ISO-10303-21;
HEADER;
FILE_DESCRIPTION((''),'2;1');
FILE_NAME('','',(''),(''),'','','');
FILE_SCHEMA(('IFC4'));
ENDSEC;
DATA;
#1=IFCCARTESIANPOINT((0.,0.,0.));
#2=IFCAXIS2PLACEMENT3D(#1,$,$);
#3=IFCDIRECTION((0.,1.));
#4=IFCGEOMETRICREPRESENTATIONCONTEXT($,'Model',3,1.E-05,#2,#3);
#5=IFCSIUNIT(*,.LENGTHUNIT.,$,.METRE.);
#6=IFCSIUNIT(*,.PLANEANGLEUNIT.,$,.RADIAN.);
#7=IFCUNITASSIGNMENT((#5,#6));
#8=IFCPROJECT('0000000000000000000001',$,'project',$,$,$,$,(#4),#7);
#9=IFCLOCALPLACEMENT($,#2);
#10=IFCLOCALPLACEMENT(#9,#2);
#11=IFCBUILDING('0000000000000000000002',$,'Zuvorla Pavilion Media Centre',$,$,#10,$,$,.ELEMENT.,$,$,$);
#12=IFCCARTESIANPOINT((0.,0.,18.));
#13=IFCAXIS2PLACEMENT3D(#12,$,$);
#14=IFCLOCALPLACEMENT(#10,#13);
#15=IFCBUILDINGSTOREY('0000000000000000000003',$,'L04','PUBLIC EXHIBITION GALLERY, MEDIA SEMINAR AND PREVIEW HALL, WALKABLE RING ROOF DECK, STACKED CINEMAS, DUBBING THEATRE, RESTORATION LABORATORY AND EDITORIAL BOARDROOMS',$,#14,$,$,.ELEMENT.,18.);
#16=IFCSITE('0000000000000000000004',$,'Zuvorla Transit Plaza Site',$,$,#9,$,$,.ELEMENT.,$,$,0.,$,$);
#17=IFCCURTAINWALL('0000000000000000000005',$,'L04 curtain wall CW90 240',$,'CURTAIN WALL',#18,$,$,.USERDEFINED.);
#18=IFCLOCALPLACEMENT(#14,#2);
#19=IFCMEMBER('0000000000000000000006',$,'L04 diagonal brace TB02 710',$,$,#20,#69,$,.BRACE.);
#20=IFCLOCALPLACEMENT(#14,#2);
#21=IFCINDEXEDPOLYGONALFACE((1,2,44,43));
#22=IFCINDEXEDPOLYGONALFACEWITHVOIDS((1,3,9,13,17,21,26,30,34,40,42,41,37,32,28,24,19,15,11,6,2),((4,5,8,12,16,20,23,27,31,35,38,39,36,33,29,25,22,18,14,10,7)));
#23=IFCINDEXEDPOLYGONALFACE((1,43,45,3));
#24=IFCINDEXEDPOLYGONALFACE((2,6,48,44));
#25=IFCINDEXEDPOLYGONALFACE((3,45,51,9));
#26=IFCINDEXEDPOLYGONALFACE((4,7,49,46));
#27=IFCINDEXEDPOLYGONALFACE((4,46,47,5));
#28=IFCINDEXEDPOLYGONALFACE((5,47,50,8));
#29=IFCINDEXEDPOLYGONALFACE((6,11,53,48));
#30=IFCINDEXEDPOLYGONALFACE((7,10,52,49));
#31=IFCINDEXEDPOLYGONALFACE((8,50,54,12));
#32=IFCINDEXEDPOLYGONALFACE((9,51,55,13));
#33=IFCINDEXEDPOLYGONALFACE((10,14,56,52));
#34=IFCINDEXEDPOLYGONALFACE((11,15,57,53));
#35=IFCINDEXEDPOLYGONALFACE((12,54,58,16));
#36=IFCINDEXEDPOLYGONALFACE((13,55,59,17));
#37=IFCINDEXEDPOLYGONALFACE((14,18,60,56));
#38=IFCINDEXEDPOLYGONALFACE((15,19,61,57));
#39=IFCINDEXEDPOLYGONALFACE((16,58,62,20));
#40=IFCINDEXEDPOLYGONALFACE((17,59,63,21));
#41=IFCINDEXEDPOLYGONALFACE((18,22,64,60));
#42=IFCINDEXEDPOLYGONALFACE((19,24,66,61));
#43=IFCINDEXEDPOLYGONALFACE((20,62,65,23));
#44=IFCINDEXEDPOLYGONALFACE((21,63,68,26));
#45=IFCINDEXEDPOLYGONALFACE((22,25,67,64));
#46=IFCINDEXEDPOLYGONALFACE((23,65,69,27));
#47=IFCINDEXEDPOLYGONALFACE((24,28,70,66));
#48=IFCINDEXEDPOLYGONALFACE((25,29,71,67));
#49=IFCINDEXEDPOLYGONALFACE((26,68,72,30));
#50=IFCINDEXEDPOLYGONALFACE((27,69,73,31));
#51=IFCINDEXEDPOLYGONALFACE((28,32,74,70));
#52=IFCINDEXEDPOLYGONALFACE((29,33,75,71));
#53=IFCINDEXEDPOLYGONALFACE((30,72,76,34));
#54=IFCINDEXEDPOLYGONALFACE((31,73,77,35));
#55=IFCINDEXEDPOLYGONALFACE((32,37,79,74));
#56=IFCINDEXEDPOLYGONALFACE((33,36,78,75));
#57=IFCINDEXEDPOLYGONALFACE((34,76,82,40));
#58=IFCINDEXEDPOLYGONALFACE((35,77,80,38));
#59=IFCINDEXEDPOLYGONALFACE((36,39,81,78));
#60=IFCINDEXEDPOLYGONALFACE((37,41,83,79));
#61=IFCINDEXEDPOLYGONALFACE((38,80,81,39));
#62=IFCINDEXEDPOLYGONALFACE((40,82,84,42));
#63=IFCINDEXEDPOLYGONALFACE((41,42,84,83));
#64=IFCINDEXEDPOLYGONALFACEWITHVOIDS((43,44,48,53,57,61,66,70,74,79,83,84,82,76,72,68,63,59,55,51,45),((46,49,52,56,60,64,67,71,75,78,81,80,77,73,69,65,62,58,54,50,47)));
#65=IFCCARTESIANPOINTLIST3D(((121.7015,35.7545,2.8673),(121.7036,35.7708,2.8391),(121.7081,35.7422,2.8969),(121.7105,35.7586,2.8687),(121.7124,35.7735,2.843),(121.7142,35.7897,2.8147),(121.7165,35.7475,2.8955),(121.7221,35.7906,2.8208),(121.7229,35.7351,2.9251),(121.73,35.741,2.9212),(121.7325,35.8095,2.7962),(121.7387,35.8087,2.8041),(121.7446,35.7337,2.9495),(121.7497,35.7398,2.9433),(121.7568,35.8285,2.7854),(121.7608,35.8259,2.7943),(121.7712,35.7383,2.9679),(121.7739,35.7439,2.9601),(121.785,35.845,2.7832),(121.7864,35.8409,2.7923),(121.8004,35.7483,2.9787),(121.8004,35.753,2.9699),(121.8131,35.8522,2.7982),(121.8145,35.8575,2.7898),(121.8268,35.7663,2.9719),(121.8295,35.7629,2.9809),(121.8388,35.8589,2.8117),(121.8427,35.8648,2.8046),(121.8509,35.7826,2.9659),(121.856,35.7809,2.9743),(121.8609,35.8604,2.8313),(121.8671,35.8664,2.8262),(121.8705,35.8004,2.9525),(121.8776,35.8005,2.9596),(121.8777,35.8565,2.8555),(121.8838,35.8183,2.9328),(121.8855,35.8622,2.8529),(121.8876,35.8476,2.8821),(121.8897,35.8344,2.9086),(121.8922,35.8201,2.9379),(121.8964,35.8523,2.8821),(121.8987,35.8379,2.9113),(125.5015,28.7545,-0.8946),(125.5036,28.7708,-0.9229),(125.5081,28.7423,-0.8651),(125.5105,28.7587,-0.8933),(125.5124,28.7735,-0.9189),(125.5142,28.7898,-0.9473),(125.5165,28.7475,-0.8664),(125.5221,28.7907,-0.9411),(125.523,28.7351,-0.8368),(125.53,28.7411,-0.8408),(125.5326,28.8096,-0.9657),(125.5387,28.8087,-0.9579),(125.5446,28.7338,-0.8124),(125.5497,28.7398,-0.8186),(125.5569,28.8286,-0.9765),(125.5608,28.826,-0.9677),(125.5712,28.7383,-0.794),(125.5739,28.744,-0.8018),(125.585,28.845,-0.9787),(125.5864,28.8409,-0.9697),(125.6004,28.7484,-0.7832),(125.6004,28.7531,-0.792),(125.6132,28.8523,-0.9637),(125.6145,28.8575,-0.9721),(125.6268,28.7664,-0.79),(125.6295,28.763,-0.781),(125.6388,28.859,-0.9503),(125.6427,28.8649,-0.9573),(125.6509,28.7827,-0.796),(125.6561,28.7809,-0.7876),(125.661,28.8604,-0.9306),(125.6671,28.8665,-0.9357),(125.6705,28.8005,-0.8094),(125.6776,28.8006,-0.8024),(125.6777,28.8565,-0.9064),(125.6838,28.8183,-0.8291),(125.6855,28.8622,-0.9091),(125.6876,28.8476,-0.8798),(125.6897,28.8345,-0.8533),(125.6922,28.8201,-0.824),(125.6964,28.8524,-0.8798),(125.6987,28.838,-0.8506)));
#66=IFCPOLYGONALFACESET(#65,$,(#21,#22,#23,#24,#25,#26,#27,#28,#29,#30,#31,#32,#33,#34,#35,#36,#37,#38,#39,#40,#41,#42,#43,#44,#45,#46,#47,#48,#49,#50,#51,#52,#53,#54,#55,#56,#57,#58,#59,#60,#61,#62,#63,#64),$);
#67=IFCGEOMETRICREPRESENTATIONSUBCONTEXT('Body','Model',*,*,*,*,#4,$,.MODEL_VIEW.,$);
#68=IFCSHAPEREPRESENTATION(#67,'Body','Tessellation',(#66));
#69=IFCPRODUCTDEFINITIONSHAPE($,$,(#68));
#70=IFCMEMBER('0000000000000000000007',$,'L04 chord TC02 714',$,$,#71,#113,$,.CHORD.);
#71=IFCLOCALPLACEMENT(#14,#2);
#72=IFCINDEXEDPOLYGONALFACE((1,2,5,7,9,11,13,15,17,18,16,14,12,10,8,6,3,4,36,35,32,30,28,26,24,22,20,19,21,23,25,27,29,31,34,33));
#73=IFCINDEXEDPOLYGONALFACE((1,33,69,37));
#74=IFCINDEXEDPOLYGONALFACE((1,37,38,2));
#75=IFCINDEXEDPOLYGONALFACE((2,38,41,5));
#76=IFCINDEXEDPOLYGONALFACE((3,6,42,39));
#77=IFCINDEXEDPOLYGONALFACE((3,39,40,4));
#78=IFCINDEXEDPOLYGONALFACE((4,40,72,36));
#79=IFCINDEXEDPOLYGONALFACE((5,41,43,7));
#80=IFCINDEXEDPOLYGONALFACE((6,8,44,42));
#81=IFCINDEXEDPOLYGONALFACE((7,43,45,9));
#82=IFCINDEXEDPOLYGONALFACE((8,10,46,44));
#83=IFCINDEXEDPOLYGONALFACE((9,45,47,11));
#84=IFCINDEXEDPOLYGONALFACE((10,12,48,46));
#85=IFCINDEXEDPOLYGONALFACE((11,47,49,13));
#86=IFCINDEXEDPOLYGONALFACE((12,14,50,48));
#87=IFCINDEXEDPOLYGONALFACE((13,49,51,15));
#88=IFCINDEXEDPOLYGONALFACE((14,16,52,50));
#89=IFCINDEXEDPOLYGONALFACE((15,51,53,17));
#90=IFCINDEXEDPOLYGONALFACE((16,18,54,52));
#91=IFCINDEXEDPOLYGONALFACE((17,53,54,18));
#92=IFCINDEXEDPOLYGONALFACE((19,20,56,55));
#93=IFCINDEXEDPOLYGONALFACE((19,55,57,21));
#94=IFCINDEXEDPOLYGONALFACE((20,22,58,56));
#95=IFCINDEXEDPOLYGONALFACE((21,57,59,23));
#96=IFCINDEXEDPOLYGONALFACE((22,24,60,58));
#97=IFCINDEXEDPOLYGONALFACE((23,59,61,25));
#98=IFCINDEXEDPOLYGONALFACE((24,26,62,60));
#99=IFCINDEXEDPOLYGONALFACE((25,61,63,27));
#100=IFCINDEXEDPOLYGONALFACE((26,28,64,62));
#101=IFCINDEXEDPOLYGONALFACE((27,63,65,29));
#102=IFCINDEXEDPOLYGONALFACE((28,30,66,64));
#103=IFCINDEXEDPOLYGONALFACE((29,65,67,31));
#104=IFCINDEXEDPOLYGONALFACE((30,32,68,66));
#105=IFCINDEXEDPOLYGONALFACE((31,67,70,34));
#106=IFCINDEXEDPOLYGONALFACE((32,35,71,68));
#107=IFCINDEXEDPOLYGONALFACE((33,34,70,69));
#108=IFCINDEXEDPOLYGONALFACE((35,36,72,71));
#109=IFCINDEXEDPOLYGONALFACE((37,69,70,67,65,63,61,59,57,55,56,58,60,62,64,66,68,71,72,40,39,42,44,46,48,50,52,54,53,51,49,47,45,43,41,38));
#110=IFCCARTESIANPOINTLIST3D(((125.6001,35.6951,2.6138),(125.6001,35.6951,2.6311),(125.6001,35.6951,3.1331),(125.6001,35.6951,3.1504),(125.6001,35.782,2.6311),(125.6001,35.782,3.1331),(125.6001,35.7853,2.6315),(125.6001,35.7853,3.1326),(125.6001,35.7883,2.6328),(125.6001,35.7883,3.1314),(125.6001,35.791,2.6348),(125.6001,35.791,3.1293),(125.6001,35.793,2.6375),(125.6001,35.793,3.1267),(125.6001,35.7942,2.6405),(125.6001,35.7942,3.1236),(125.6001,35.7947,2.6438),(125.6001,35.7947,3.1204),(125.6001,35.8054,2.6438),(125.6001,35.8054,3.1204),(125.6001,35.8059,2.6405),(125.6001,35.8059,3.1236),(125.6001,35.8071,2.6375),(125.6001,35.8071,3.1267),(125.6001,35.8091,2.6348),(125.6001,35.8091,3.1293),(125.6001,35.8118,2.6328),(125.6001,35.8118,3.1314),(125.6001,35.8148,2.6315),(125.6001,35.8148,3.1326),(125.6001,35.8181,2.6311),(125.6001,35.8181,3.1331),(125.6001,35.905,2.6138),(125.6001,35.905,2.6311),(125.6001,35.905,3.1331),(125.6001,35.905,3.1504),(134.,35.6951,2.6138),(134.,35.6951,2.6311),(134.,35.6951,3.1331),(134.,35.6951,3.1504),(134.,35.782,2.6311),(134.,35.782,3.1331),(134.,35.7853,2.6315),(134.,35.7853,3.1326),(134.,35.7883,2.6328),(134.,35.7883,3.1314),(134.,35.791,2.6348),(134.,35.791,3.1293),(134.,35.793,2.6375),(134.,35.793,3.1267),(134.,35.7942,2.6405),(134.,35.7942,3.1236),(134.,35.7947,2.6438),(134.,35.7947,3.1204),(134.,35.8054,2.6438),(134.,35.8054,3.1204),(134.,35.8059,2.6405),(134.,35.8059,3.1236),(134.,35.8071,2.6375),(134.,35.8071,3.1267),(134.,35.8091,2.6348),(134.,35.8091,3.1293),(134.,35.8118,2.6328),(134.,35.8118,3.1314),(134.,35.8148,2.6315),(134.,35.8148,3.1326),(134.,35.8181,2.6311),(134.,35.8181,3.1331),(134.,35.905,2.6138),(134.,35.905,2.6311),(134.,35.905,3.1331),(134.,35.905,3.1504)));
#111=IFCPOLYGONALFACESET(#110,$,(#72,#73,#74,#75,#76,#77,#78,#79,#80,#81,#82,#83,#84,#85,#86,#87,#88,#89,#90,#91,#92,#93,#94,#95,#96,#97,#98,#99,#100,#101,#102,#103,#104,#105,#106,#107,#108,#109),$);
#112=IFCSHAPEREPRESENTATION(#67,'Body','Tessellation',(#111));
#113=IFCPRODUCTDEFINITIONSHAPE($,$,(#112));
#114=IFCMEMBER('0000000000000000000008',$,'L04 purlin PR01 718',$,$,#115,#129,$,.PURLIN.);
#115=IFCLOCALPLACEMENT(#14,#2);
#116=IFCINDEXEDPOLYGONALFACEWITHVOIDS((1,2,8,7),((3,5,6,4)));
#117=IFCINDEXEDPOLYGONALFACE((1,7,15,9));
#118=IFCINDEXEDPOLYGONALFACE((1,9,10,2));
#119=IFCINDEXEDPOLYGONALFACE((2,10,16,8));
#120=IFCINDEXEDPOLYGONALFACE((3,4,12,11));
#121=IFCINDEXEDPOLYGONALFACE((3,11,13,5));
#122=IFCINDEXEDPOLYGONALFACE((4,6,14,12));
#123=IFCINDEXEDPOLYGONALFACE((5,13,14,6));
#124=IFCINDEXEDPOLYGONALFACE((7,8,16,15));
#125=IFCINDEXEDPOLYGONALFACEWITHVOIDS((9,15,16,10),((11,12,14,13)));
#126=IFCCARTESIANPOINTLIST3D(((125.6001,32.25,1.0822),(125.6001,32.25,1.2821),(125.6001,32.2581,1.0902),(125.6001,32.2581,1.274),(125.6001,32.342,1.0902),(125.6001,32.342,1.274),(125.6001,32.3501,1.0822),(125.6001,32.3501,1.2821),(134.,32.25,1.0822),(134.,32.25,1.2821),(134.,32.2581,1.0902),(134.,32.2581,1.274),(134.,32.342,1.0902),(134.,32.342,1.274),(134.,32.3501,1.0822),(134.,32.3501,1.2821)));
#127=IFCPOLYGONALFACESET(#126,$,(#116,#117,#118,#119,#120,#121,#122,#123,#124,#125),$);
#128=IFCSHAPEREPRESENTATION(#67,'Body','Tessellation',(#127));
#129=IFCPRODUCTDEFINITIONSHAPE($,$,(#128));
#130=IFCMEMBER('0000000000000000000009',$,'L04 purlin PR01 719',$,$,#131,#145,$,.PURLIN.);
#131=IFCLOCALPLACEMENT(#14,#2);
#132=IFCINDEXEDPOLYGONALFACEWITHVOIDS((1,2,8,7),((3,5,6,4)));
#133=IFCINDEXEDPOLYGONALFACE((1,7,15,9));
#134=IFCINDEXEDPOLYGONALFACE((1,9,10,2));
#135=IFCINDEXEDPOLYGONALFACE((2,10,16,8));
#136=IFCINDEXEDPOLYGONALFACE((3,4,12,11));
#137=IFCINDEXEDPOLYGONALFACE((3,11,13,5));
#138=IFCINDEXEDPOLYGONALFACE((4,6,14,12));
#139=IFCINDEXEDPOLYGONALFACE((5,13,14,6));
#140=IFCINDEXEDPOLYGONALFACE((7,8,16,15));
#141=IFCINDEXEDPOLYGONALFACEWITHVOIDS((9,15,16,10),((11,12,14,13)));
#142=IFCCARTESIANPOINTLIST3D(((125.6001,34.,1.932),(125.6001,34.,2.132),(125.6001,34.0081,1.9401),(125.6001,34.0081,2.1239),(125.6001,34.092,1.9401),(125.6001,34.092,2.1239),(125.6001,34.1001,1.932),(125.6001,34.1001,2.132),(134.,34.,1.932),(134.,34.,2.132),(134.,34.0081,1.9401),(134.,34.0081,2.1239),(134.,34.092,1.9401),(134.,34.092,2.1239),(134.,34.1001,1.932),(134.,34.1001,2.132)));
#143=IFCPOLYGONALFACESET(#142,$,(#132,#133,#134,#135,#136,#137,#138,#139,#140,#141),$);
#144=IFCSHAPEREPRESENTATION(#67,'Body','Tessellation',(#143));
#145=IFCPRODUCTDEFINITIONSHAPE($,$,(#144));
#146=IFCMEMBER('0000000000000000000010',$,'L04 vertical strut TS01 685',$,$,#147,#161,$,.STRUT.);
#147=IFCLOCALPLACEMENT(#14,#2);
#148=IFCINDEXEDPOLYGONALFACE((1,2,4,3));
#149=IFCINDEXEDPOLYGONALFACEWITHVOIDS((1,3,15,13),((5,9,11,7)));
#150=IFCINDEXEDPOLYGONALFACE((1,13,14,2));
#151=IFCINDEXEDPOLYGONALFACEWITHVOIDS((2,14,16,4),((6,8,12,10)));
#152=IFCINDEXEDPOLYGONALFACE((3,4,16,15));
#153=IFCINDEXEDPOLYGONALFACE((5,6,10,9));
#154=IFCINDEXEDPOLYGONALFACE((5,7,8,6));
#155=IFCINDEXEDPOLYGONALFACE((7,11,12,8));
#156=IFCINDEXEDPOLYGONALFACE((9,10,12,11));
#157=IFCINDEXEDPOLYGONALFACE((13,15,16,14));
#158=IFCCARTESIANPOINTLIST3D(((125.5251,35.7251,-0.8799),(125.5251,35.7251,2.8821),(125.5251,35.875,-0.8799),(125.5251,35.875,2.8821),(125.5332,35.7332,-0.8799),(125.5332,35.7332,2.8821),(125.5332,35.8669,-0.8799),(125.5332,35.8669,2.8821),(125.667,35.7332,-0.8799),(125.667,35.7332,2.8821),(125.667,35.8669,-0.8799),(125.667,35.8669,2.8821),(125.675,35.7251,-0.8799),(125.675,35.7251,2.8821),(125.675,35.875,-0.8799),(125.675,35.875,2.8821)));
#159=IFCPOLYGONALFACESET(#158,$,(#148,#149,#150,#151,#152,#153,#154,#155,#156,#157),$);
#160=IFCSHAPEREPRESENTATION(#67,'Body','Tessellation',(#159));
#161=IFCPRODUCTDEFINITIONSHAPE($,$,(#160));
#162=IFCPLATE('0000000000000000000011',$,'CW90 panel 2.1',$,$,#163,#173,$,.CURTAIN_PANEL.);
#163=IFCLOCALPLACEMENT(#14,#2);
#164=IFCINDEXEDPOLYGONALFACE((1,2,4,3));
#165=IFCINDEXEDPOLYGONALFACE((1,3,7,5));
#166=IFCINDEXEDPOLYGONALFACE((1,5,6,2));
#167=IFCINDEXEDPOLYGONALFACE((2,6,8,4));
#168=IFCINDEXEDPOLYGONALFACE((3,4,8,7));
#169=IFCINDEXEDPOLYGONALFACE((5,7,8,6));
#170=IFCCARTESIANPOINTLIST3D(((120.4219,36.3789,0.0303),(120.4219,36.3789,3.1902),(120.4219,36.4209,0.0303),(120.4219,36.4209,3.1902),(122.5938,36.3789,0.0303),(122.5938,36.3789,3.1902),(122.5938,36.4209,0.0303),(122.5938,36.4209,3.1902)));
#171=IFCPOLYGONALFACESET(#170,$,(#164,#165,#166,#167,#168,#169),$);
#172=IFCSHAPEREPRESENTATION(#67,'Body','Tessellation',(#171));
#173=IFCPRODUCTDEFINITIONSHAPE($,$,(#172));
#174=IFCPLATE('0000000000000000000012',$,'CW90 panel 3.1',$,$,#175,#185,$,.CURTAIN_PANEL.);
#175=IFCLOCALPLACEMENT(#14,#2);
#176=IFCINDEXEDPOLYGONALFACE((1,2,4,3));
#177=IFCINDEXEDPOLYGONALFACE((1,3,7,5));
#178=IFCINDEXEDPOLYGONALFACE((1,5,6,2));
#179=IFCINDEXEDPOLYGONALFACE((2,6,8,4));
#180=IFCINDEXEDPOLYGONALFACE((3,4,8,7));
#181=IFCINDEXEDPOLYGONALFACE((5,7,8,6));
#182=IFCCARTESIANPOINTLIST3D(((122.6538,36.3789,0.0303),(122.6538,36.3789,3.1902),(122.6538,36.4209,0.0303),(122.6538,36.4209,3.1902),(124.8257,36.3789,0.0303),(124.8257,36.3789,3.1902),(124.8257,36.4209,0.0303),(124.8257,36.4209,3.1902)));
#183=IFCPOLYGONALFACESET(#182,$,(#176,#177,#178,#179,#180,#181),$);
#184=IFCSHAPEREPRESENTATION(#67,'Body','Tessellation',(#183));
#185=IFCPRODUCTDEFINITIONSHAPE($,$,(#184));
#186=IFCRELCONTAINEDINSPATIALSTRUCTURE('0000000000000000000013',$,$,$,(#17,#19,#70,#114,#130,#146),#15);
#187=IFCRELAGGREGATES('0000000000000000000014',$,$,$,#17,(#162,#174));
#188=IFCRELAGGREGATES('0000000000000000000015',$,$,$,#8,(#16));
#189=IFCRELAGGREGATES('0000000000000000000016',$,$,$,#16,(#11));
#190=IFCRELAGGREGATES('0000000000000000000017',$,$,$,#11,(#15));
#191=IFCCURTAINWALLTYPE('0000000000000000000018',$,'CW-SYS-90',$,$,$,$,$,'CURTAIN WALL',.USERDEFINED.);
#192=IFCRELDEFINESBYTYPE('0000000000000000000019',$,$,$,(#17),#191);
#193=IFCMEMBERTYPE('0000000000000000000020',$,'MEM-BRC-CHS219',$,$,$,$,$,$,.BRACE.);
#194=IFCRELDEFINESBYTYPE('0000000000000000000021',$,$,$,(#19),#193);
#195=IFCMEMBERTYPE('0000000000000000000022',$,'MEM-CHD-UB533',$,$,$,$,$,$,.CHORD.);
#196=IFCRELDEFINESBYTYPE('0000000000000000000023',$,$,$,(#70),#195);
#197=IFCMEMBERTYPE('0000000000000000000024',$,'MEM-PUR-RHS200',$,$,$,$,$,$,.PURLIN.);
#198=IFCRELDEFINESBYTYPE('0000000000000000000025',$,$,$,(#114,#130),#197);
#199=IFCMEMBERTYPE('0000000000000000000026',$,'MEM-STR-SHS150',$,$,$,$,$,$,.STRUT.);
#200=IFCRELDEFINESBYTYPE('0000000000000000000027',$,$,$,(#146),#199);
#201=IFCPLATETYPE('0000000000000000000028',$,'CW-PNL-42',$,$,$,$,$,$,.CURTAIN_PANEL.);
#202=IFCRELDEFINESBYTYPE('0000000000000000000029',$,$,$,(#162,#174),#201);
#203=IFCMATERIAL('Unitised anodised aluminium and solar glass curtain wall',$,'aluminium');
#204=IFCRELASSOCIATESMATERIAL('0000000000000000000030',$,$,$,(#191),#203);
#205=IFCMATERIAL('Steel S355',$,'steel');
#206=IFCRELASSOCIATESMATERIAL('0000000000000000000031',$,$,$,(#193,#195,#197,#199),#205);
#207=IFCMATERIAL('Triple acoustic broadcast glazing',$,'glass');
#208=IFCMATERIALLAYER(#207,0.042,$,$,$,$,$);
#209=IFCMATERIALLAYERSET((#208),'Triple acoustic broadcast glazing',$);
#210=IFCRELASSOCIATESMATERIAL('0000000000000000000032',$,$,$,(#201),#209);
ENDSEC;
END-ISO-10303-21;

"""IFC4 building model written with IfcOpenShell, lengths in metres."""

from ifc_helpers import new_model, si_unit, direction, frame, origin, origin_2d, place, context, subcontext, project, spatial, rectangle, hollow_rectangle, hollow_circle, i_section, extrude, material, layer, layer_set, material_profile, profile_set, type_object, element, aggregate, save


model = new_model("IFC4")

# Units and contexts
model_context = context("Model", 3, precision=1e-05, world=origin(), true_north=direction((0.0, 1.0)))
body_context = subcontext(model_context, "Body", "Model", "MODEL_VIEW")
ifc_project = project(units=[si_unit("LENGTHUNIT", "METRE"), si_unit("PLANEANGLEUNIT", "RADIAN")], contexts=[model_context])

# Site, building, storey
site_placement = place(None, origin())
site = spatial("IfcSite", under=ifc_project, at=site_placement, Name="Zuvorla Transit Plaza Site", CompositionType="ELEMENT", RefElevation=0.0)
building_placement = place(site_placement, origin())
building = spatial("IfcBuilding", under=site, at=building_placement, Name="Zuvorla Pavilion Media Centre", CompositionType="ELEMENT")
storey_placement = place(building_placement, frame((0.0, 0.0, 18.0)))
storey = spatial("IfcBuildingStorey", under=building, at=storey_placement, Name="L04", Description="PUBLIC EXHIBITION GALLERY, MEDIA SEMINAR AND PREVIEW HALL, WALKABLE RING ROOF DECK, STACKED CINEMAS, DUBBING THEATRE, RESTORATION LABORATORY AND EDITORIAL BOARDROOMS", CompositionType="ELEMENT", Elevation=18.0)

# Shared definitions
ifc_material_1 = material(Name="Steel S355", Category="steel")

# Curtain wall
ifc_material_2 = material(Name="Unitised anodised aluminium and solar glass curtain wall", Category="aluminium")
curtain_wall_type = type_object("IfcCurtainWallType", Name="CW-SYS-90", ElementType="CURTAIN WALL", PredefinedType="USERDEFINED", material=ifc_material_2)
curtain_wall_placement = place(storey_placement, origin())
curtain_wall = element("IfcCurtainWall", 1, at=curtain_wall_placement, inside=storey, type_object=curtain_wall_type, Name="L04 curtain wall CW90 240", ObjectType="CURTAIN WALL", PredefinedType="USERDEFINED")

# Members
ifc_material_profile_1 = material_profile(ifc_material_1, hollow_circle(Radius=0.1096, WallThickness=0.01, at=origin_2d()), Name="CHS 219.1x10")
ifc_profile_set_1 = profile_set([ifc_material_profile_1], Name="Steel S355")
member_type_1 = type_object("IfcMemberType", Name="MEM-BRC-CHS219", PredefinedType="BRACE", material=ifc_profile_set_1)
member_1_placement = place(storey_placement, frame((121.8, 35.8, 2.8821), z_axis=(0.431399, -0.794671, -0.427075), x_axis=(0.878851, 0.477097, 0.0)))
element("IfcMember", 2, at=member_1_placement, inside=storey, type_object=member_type_1, Name="L04 diagonal brace TB02 710", PredefinedType="BRACE", context=body_context, shape_type="SweptSolid", body=[
    extrude(hollow_circle(Radius=0.1096, WallThickness=0.01, at=origin_2d()), origin(), (0.0, 0.0, 1.0), 8.8086),
])
ifc_material_profile_2 = material_profile(ifc_material_1, i_section(OverallWidth=0.21, OverallDepth=0.5366, WebThickness=0.0107, FlangeThickness=0.0173, FilletRadius=0.0127, at=origin_2d()), Name="UB 533x210x101")
ifc_profile_set_2 = profile_set([ifc_material_profile_2], Name="Steel S355")
member_type_2 = type_object("IfcMemberType", Name="MEM-CHD-UB533", PredefinedType="CHORD", material=ifc_profile_set_2)
member_2_placement = place(storey_placement, frame((125.6001, 35.8, 2.8821), z_axis=(1.0, 0.0, 0.0), x_axis=(0.0, 1.0, 0.0)))
element("IfcMember", 3, at=member_2_placement, inside=storey, type_object=member_type_2, Name="L04 chord TC02 714", PredefinedType="CHORD", context=body_context, shape_type="SweptSolid", body=[
    extrude(i_section(OverallWidth=0.21, OverallDepth=0.5366, WebThickness=0.0107, FlangeThickness=0.0173, FilletRadius=0.0127, at=origin_2d()), origin(), (0.0, 0.0, 1.0), 8.3999),
])
ifc_material_profile_3 = material_profile(ifc_material_1, hollow_rectangle(XDim=0.1001, YDim=0.2, WallThickness=0.0081, at=origin_2d()), Name="RHS 200x100x8")
ifc_profile_set_3 = profile_set([ifc_material_profile_3], Name="Steel S355")
member_type_3 = type_object("IfcMemberType", Name="MEM-PUR-RHS200", PredefinedType="PURLIN", material=ifc_profile_set_3)
for number, where, z_axis, x_axis, name in (
    (4, (125.6001, 32.3, 1.1821), (1.0, 0.0, 0.0), (0.0, 1.0, 0.0), "L04 purlin PR01 718"),
    (5, (125.6001, 34.05, 2.032), (1.0, 0.0, 0.0), (0.0, 1.0, 0.0), "L04 purlin PR01 719"),
):
    element("IfcMember", number, at=place(storey_placement, frame(where, z_axis=z_axis, x_axis=x_axis)), inside=storey, type_object=member_type_3, Name=name, PredefinedType="PURLIN", context=body_context, shape_type="SweptSolid", body=[
        extrude(hollow_rectangle(XDim=0.1001, YDim=0.2, WallThickness=0.0081, at=origin_2d()), origin(), (0.0, 0.0, 1.0), 8.3999),
    ])
ifc_material_profile_4 = material_profile(ifc_material_1, hollow_rectangle(XDim=0.1499, YDim=0.1499, WallThickness=0.0081, at=origin_2d()), Name="SHS 150x150x8")
ifc_profile_set_4 = profile_set([ifc_material_profile_4], Name="Steel S355")
member_type_4 = type_object("IfcMemberType", Name="MEM-STR-SHS150", PredefinedType="STRUT", material=ifc_profile_set_4)
member_3_placement = place(storey_placement, frame((125.6001, 35.8, -0.8799), z_axis=(0.0, 0.0, 1.0), x_axis=(1.0, 0.0, 0.0)))
element("IfcMember", 6, at=member_3_placement, inside=storey, type_object=member_type_4, Name="L04 vertical strut TS01 685", PredefinedType="STRUT", context=body_context, shape_type="SweptSolid", body=[
    extrude(hollow_rectangle(XDim=0.1499, YDim=0.1499, WallThickness=0.0081, at=origin_2d()), origin(), (0.0, 0.0, 1.0), 3.762),
])

# Plates
ifc_material_3 = material(Name="Triple acoustic broadcast glazing", Category="glass")
ifc_layer_1 = layer(ifc_material_3, 0.042)
ifc_layer_set_1 = layer_set([ifc_layer_1], Name="Triple acoustic broadcast glazing")
plate_type_1 = type_object("IfcPlateType", Name="CW-PNL-42", PredefinedType="CURTAIN_PANEL", material=ifc_layer_set_1)
plate_1_placement = place(storey_placement, frame((121.5078, 36.3999, 0.0303), z_axis=(0.0, 0.0, 1.0), x_axis=(1.0, 0.0, 0.0)))
plate_1 = element("IfcPlate", 7, at=plate_1_placement, type_object=plate_type_1, Name="CW90 panel 2.1", PredefinedType="CURTAIN_PANEL", context=body_context, shape_type="SweptSolid", body=[
    extrude(rectangle(XDim=2.1719, YDim=0.042, at=origin_2d()), origin(), (0.0, 0.0, 1.0), 3.1599),
])
plate_2_placement = place(storey_placement, frame((123.7397, 36.3999, 0.0303), z_axis=(0.0, 0.0, 1.0), x_axis=(1.0, 0.0, 0.0)))
plate_2 = element("IfcPlate", 8, at=plate_2_placement, type_object=plate_type_1, Name="CW90 panel 3.1", PredefinedType="CURTAIN_PANEL", context=body_context, shape_type="SweptSolid", body=[
    extrude(rectangle(XDim=2.1719, YDim=0.042, at=origin_2d()), origin(), (0.0, 0.0, 1.0), 3.1599),
])
aggregate(curtain_wall, [plate_1, plate_2])

save(model, "model.ifc")
